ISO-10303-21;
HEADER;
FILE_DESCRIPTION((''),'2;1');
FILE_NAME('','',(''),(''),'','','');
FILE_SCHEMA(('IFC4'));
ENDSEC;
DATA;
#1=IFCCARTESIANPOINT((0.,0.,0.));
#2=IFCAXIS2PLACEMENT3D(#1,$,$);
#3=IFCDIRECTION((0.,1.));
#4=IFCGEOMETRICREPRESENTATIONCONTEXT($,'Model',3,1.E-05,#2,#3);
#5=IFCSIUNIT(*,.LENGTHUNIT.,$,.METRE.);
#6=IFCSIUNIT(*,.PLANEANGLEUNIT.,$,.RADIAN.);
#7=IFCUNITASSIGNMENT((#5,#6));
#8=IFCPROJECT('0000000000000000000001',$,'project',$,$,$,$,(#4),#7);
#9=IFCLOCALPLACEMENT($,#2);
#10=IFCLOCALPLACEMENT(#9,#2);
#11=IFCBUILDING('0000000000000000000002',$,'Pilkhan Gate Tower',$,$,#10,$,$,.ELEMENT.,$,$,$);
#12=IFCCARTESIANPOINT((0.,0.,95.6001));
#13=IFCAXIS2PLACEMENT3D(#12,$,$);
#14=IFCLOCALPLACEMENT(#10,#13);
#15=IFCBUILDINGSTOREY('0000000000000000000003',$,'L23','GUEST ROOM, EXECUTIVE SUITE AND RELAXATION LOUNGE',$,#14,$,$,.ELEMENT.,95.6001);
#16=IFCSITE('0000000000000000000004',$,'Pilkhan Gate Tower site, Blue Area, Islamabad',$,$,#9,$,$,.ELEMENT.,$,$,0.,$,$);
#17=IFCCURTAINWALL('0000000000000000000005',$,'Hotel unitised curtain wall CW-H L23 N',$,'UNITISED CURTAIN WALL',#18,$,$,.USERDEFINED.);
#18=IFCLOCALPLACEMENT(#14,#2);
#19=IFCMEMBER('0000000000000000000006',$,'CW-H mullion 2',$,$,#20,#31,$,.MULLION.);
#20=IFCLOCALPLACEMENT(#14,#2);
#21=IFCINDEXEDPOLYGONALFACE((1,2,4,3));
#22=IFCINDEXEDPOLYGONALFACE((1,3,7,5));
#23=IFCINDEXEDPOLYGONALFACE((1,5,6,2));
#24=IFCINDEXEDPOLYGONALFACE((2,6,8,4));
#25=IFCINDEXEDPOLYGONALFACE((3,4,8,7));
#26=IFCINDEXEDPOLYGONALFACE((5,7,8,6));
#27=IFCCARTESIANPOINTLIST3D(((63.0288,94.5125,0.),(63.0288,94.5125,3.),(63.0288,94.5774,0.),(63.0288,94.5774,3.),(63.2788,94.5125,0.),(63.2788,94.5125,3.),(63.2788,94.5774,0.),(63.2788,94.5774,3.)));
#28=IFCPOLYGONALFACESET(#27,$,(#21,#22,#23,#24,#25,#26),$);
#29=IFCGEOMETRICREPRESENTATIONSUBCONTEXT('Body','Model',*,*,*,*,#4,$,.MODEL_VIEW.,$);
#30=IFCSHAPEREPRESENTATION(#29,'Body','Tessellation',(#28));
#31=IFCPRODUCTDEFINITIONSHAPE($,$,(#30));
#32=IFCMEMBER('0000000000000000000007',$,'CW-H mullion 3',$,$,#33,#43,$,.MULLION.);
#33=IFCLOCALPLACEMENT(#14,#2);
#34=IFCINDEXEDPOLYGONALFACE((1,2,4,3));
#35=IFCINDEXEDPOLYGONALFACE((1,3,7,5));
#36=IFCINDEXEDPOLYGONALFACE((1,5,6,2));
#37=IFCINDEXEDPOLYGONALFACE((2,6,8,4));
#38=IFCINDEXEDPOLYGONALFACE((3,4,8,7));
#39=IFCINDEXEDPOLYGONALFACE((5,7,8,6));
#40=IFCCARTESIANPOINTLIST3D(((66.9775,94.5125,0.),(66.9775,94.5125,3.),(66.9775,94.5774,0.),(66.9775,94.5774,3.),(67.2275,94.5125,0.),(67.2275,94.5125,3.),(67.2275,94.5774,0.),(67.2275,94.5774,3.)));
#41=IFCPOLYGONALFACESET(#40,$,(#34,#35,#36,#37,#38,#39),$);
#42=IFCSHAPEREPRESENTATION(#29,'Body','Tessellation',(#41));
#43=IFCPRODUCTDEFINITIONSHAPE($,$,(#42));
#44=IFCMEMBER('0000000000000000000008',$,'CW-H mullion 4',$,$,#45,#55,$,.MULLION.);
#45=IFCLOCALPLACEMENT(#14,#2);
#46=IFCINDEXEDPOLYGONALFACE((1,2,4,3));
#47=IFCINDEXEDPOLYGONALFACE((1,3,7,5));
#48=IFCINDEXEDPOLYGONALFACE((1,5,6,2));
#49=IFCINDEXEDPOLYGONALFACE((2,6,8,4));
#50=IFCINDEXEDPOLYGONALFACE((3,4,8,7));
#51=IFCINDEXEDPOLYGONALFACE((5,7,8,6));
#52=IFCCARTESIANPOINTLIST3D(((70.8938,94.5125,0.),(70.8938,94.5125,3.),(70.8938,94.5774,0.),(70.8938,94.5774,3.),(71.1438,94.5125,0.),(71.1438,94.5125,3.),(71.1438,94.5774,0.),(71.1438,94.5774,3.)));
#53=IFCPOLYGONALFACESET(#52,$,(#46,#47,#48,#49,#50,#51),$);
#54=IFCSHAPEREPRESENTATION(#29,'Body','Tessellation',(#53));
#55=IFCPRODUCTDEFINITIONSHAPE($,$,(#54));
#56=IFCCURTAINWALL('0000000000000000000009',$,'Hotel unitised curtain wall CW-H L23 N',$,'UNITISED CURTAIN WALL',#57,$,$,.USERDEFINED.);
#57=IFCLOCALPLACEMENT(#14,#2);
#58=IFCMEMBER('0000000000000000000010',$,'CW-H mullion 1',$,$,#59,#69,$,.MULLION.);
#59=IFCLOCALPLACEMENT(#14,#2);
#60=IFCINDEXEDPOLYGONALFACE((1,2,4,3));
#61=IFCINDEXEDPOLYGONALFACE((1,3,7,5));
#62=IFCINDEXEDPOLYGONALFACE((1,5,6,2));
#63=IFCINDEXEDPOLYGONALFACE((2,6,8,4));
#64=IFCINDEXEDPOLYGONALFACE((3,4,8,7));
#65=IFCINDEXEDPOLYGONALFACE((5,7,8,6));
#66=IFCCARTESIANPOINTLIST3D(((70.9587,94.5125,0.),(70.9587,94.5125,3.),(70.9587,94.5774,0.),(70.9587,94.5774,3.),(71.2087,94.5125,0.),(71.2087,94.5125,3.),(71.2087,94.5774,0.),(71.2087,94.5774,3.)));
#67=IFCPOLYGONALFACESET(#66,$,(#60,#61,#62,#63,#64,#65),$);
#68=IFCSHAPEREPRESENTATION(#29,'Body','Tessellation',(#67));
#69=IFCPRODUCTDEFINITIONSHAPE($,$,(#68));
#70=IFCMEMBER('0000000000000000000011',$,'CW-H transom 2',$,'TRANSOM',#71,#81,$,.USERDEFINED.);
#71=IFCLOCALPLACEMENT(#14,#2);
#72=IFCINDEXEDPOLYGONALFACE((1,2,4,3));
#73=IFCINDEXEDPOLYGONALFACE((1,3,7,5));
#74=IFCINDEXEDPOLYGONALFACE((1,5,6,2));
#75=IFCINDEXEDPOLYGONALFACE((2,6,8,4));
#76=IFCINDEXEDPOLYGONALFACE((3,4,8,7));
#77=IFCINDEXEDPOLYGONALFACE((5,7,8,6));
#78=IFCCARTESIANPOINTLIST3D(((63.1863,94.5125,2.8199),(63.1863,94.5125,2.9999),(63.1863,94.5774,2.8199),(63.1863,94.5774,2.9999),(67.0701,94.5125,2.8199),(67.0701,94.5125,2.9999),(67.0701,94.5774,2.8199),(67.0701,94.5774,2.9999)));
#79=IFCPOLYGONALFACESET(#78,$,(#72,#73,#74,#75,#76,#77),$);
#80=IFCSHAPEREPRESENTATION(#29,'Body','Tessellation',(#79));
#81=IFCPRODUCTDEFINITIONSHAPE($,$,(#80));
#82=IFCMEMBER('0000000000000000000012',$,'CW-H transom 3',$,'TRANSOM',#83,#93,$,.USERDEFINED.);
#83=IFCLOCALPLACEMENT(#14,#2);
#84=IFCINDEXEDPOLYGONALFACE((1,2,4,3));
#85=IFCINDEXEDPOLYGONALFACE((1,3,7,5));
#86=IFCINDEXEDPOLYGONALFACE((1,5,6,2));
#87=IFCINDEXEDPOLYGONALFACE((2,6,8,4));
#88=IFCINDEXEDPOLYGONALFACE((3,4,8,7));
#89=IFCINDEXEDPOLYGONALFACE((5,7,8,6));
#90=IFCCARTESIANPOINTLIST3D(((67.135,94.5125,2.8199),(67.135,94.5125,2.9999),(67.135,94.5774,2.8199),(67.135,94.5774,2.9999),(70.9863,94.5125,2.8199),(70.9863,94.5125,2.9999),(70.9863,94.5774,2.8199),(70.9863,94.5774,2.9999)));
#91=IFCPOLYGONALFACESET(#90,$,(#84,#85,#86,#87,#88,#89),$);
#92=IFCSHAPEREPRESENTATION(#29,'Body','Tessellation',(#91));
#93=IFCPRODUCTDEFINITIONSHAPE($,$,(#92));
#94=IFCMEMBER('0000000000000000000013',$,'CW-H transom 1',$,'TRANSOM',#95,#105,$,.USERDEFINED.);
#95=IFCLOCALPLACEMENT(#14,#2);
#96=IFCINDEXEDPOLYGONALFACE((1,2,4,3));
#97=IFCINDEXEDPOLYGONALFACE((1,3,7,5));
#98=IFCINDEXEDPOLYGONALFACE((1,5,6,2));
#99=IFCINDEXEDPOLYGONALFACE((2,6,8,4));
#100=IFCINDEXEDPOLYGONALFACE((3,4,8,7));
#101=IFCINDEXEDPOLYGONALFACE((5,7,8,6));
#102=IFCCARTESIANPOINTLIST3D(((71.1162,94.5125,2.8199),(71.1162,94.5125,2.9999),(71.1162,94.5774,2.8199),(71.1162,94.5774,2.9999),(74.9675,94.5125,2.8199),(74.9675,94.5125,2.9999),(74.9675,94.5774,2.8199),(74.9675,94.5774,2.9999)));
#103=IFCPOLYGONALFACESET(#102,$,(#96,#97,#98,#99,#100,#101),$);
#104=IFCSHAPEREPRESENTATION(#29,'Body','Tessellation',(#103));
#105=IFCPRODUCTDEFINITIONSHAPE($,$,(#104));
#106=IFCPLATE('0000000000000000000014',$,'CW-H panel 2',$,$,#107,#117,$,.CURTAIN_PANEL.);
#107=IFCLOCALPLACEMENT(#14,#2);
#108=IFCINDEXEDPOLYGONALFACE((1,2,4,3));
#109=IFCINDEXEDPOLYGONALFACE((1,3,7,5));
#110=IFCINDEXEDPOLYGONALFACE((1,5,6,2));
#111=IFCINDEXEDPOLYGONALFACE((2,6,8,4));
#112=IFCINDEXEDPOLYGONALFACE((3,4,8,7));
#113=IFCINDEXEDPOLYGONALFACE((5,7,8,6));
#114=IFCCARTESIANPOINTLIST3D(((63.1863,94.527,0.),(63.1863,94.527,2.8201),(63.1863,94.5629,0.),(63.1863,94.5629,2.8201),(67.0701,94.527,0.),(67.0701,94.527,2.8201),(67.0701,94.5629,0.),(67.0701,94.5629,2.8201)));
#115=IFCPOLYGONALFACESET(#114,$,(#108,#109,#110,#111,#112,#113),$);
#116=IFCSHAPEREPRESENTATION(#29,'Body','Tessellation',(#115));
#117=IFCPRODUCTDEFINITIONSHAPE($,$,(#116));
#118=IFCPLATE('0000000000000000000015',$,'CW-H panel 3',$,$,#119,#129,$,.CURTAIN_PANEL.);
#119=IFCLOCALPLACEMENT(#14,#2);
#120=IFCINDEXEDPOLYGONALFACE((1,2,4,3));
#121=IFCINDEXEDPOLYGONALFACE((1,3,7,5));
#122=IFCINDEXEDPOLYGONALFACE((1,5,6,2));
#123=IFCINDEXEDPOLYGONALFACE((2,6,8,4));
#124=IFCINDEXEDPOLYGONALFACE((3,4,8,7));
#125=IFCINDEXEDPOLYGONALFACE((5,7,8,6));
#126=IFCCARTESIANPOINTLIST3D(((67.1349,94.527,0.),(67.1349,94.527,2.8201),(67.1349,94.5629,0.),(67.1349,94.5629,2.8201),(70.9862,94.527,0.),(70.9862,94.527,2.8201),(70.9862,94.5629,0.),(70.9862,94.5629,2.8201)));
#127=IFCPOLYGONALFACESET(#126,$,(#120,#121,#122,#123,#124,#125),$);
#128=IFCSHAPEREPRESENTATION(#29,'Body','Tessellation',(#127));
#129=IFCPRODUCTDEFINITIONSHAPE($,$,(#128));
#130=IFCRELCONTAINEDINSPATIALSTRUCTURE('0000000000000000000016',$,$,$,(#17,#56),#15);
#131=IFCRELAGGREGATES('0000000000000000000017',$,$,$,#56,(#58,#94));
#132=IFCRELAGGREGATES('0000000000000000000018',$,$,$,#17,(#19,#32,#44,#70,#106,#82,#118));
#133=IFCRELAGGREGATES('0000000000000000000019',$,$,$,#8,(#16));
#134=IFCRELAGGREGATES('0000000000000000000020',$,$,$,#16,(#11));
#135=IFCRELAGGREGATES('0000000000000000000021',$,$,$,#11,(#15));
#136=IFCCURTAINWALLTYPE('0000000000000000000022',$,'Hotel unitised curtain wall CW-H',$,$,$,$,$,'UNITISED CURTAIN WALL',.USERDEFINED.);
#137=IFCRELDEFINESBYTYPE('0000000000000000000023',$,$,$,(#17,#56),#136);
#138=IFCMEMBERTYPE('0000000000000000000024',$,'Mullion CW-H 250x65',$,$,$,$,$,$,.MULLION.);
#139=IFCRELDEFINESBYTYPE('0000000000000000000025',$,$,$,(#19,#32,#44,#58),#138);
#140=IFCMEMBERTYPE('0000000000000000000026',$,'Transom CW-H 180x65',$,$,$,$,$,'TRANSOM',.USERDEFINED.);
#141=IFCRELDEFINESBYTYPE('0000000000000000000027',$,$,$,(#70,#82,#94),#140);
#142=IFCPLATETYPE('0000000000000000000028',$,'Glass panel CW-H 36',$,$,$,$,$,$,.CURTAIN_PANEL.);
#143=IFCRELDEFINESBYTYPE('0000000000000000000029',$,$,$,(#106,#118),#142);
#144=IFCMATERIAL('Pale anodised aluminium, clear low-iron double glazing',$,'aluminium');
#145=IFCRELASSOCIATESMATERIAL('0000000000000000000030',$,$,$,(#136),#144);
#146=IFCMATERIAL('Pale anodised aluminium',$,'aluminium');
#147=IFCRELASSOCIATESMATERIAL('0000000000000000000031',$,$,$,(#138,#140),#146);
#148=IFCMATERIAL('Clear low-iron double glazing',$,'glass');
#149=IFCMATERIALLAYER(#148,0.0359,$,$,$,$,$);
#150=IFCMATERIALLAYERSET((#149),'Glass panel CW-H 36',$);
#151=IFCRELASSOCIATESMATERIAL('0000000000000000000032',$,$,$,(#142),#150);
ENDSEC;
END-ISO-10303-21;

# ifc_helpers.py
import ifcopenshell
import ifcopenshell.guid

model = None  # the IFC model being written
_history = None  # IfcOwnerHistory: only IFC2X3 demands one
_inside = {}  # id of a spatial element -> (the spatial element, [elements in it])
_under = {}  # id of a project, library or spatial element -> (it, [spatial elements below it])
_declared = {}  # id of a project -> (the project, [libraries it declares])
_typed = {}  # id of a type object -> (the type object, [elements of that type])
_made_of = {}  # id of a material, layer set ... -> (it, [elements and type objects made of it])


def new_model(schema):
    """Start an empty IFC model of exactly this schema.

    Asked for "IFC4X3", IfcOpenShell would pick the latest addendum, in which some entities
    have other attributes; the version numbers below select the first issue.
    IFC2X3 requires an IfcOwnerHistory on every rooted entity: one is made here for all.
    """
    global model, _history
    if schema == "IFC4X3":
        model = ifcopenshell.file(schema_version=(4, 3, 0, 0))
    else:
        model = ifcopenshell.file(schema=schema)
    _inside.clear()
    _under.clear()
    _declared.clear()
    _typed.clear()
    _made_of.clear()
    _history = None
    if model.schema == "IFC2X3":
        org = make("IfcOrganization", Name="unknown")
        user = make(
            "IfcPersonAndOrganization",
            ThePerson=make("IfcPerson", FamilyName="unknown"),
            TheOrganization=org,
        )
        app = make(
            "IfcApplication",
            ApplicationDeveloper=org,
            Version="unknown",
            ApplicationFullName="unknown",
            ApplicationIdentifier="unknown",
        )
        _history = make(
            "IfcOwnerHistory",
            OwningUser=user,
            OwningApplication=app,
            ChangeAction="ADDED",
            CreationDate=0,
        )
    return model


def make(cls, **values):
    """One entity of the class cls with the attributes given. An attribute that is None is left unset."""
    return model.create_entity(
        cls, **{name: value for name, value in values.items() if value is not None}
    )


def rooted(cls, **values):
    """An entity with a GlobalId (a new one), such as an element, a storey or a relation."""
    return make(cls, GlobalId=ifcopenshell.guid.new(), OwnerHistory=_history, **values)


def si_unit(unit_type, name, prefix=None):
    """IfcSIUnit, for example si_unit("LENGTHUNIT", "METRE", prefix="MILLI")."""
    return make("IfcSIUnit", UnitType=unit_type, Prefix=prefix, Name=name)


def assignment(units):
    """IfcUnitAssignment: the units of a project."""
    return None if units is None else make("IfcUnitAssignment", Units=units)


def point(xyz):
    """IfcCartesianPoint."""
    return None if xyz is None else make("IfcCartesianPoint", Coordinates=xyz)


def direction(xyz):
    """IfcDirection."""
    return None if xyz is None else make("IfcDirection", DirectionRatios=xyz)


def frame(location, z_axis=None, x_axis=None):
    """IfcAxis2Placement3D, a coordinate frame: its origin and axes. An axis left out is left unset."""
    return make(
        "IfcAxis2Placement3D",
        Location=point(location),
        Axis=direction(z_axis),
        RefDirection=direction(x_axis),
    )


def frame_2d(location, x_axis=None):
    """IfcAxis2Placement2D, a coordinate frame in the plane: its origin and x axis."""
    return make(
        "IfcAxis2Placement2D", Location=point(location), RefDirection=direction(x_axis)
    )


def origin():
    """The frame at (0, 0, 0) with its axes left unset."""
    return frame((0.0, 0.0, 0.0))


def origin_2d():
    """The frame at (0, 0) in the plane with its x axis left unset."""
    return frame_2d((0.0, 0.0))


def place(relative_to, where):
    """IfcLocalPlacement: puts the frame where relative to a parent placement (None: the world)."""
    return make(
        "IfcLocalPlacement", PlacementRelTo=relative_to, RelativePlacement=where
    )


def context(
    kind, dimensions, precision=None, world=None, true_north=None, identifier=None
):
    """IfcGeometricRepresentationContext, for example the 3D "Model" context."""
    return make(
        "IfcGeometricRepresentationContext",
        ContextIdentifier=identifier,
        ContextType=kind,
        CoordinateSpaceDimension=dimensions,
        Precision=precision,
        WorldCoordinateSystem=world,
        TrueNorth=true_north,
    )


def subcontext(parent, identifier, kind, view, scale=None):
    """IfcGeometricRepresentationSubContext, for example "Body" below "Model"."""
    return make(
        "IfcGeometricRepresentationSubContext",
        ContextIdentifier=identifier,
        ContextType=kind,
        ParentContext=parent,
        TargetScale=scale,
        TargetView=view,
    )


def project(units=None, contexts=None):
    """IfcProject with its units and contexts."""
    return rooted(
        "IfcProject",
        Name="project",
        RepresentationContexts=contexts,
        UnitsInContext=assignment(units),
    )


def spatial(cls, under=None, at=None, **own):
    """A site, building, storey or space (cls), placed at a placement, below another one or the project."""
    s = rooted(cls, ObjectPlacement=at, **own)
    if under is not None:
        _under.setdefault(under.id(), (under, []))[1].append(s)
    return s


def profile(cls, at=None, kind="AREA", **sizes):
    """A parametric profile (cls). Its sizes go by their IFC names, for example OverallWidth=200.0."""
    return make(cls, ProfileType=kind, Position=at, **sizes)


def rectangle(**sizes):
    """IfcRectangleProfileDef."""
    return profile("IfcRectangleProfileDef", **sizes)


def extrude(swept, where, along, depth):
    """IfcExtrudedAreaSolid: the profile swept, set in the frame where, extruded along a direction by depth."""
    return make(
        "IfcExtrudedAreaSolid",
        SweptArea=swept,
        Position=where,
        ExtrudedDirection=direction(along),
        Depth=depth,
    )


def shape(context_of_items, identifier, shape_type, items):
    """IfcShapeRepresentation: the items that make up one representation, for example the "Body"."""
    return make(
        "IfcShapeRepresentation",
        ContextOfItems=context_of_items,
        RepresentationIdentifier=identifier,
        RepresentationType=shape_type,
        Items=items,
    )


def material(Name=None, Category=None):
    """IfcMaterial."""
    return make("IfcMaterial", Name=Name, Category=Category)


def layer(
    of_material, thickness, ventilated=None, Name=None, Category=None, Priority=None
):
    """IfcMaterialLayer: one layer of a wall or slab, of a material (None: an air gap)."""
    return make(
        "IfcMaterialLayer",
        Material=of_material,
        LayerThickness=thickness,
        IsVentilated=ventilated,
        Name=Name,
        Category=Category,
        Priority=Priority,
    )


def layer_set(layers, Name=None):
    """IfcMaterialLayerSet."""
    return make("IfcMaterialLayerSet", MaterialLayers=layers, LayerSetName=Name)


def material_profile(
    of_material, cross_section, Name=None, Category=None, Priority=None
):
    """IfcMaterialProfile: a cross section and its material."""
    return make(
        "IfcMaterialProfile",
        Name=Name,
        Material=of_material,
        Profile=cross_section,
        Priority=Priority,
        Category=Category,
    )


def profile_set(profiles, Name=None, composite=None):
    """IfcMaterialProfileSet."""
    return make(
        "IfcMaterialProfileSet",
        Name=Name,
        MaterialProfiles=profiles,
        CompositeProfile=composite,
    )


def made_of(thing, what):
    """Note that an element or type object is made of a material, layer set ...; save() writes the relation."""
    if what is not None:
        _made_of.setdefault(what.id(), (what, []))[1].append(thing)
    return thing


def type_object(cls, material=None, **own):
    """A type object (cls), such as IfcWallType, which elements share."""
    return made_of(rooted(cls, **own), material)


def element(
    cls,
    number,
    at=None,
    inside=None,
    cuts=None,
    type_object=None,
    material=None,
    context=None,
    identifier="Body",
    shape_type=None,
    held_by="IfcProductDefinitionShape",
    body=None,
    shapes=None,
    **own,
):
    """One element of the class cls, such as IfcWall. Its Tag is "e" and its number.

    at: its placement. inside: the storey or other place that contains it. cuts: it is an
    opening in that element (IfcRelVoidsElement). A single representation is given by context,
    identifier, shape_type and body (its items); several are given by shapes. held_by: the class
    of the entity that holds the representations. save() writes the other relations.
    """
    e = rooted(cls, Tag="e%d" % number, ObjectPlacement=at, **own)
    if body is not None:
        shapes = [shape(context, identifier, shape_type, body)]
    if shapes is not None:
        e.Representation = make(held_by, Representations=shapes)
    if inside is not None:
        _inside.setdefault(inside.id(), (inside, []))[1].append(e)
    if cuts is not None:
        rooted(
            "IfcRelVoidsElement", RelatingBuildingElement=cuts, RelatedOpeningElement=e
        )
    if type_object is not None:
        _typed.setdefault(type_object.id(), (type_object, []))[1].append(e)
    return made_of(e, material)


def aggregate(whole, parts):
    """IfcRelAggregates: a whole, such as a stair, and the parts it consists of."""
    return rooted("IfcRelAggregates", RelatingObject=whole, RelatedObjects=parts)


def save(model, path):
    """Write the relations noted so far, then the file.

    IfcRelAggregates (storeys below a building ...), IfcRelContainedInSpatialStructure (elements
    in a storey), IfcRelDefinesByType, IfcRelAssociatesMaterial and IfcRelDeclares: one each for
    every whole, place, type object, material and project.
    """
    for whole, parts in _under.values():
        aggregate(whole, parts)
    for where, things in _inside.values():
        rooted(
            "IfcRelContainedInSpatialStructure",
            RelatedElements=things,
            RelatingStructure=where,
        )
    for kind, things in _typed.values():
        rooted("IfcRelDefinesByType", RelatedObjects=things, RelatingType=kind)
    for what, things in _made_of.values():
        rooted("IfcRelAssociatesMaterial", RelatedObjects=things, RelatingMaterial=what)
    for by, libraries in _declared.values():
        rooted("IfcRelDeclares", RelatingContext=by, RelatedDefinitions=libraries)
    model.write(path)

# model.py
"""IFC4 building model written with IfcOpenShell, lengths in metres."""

from ifc_helpers import new_model, si_unit, direction, frame, origin, origin_2d, place, context, subcontext, project, spatial, rectangle, extrude, material, layer, layer_set, material_profile, profile_set, type_object, element, aggregate, save


model = new_model("IFC4")

# Units and contexts
model_context = context("Model", 3, precision=1e-05, world=origin(), true_north=direction((0.0, 1.0)))
body_context = subcontext(model_context, "Body", "Model", "MODEL_VIEW")
ifc_project = project(units=[si_unit("LENGTHUNIT", "METRE"), si_unit("PLANEANGLEUNIT", "RADIAN")], contexts=[model_context])

# Site, building, storey
site_placement = place(None, origin())
site = spatial("IfcSite", under=ifc_project, at=site_placement, Name="Pilkhan Gate Tower site, Blue Area, Islamabad", CompositionType="ELEMENT", RefElevation=0.0)
building_placement = place(site_placement, origin())
building = spatial("IfcBuilding", under=site, at=building_placement, Name="Pilkhan Gate Tower", CompositionType="ELEMENT")
storey_placement = place(building_placement, frame((0.0, 0.0, 95.6001)))
storey = spatial("IfcBuildingStorey", under=building, at=storey_placement, Name="L23", Description="GUEST ROOM, EXECUTIVE SUITE AND RELAXATION LOUNGE", CompositionType="ELEMENT", Elevation=95.6001)

# Curtain wall, members
ifc_material_1 = material(Name="Pale anodised aluminium, clear low-iron double glazing", Category="aluminium")
curtain_wall_type = type_object("IfcCurtainWallType", Name="Hotel unitised curtain wall CW-H", ElementType="UNITISED CURTAIN WALL", PredefinedType="USERDEFINED", material=ifc_material_1)
curtain_wall_1_placement = place(storey_placement, origin())
curtain_wall_1 = element("IfcCurtainWall", 1, at=curtain_wall_1_placement, inside=storey, type_object=curtain_wall_type, Name="Hotel unitised curtain wall CW-H L23 N", ObjectType="UNITISED CURTAIN WALL", PredefinedType="USERDEFINED")
ifc_material_2 = material(Name="Pale anodised aluminium", Category="aluminium")
ifc_material_profile_1 = material_profile(ifc_material_2, rectangle(XDim=0.0649, YDim=0.25, at=origin_2d()), Name="Mullion 250x65")
ifc_profile_set_1 = profile_set([ifc_material_profile_1], Name="Pale anodised aluminium")
member_type_1 = type_object("IfcMemberType", Name="Mullion CW-H 250x65", PredefinedType="MULLION", material=ifc_profile_set_1)
member_1_placement = place(storey_placement, frame((63.1538, 94.5449, 0.0), z_axis=(0.0, 0.0, 1.0), x_axis=(0.0, 1.0, 0.0)))
member_1 = element("IfcMember", 2, at=member_1_placement, type_object=member_type_1, Name="CW-H mullion 2", PredefinedType="MULLION", context=body_context, shape_type="SweptSolid", body=[
    extrude(rectangle(XDim=0.0649, YDim=0.25, at=origin_2d()), origin(), (0.0, 0.0, 1.0), 3.0),
])
member_2_placement = place(storey_placement, frame((67.1025, 94.5449, 0.0), z_axis=(0.0, 0.0, 1.0), x_axis=(0.0, 1.0, 0.0)))
member_2 = element("IfcMember", 3, at=member_2_placement, type_object=member_type_1, Name="CW-H mullion 3", PredefinedType="MULLION", context=body_context, shape_type="SweptSolid", body=[
    extrude(rectangle(XDim=0.0649, YDim=0.25, at=origin_2d()), origin(), (0.0, 0.0, 1.0), 3.0),
])
member_3_placement = place(storey_placement, frame((71.0188, 94.5449, 0.0), z_axis=(0.0, 0.0, 1.0), x_axis=(0.0, 1.0, 0.0)))
member_3 = element("IfcMember", 4, at=member_3_placement, type_object=member_type_1, Name="CW-H mullion 4", PredefinedType="MULLION", context=body_context, shape_type="SweptSolid", body=[
    extrude(rectangle(XDim=0.0649, YDim=0.25, at=origin_2d()), origin(), (0.0, 0.0, 1.0), 3.0),
])

# Curtain wall, member
curtain_wall_2_placement = place(storey_placement, origin())
curtain_wall_2 = element("IfcCurtainWall", 5, at=curtain_wall_2_placement, inside=storey, type_object=curtain_wall_type, Name="Hotel unitised curtain wall CW-H L23 N", ObjectType="UNITISED CURTAIN WALL", PredefinedType="USERDEFINED")
member_4_placement = place(storey_placement, frame((71.0837, 94.5449, 0.0), z_axis=(0.0, 0.0, 1.0), x_axis=(0.0, 1.0, 0.0)))
member_4 = element("IfcMember", 6, at=member_4_placement, type_object=member_type_1, Name="CW-H mullion 1", PredefinedType="MULLION", context=body_context, shape_type="SweptSolid", body=[
    extrude(rectangle(XDim=0.0649, YDim=0.25, at=origin_2d()), origin(), (0.0, 0.0, 1.0), 3.0),
])

# Members
ifc_material_profile_2 = material_profile(ifc_material_2, rectangle(XDim=0.0649, YDim=0.1799, at=origin_2d()), Name="Transom 180x65")
ifc_profile_set_2 = profile_set([ifc_material_profile_2], Name="Pale anodised aluminium")
member_type_2 = type_object("IfcMemberType", Name="Transom CW-H 180x65", ElementType="TRANSOM", PredefinedType="USERDEFINED", material=ifc_profile_set_2)
member_5_placement = place(storey_placement, frame((63.1863, 94.5449, 2.9099), z_axis=(1.0, 0.0, 0.0), x_axis=(0.0, 1.0, 0.0)))
member_5 = element("IfcMember", 7, at=member_5_placement, type_object=member_type_2, Name="CW-H transom 2", ObjectType="TRANSOM", PredefinedType="USERDEFINED", context=body_context, shape_type="SweptSolid", body=[
    extrude(rectangle(XDim=0.0649, YDim=0.1799, at=origin_2d()), origin(), (0.0, 0.0, 1.0), 3.8838),
])
member_6_placement = place(storey_placement, frame((67.135, 94.5449, 2.9099), z_axis=(1.0, 0.0, 0.0), x_axis=(0.0, 1.0, 0.0)))
member_6 = element("IfcMember", 8, at=member_6_placement, type_object=member_type_2, Name="CW-H transom 3", ObjectType="TRANSOM", PredefinedType="USERDEFINED", context=body_context, shape_type="SweptSolid", body=[
    extrude(rectangle(XDim=0.0649, YDim=0.1799, at=origin_2d()), origin(), (0.0, 0.0, 1.0), 3.8513),
])
member_7_placement = place(storey_placement, frame((71.1162, 94.5449, 2.9099), z_axis=(1.0, 0.0, 0.0), x_axis=(0.0, 1.0, 0.0)))
member_7 = element("IfcMember", 9, at=member_7_placement, type_object=member_type_2, Name="CW-H transom 1", ObjectType="TRANSOM", PredefinedType="USERDEFINED", context=body_context, shape_type="SweptSolid", body=[
    extrude(rectangle(XDim=0.0649, YDim=0.1799, at=origin_2d()), origin(), (0.0, 0.0, 1.0), 3.8513),
])
aggregate(curtain_wall_2, [member_4, member_7])

# Plates
ifc_material_3 = material(Name="Clear low-iron double glazing", Category="glass")
ifc_layer_1 = layer(ifc_material_3, 0.0359)
ifc_layer_set_1 = layer_set([ifc_layer_1], Name="Glass panel CW-H 36")
plate_type = type_object("IfcPlateType", Name="Glass panel CW-H 36", PredefinedType="CURTAIN_PANEL", material=ifc_layer_set_1)
plate_1_placement = place(storey_placement, frame((65.1282, 94.5449, 0.0), z_axis=(0.0, 0.0, 1.0), x_axis=(1.0, 0.0, 0.0)))
plate_1 = element("IfcPlate", 10, at=plate_1_placement, type_object=plate_type, Name="CW-H panel 2", PredefinedType="CURTAIN_PANEL", context=body_context, shape_type="SweptSolid", body=[
    extrude(rectangle(XDim=3.8838, YDim=0.0359, at=origin_2d()), origin(), (0.0, 0.0, 1.0), 2.8201),
])
plate_2_placement = place(storey_placement, frame((69.0605, 94.5449, 0.0), z_axis=(0.0, 0.0, 1.0), x_axis=(1.0, 0.0, 0.0)))
plate_2 = element("IfcPlate", 11, at=plate_2_placement, type_object=plate_type, Name="CW-H panel 3", PredefinedType="CURTAIN_PANEL", context=body_context, shape_type="SweptSolid", body=[
    extrude(rectangle(XDim=3.8513, YDim=0.0359, at=origin_2d()), origin(), (0.0, 0.0, 1.0), 2.8201),
])
aggregate(curtain_wall_1, [member_1, member_2, member_3, member_5, plate_1, member_6, plate_2])

save(model, "model.ifc")
